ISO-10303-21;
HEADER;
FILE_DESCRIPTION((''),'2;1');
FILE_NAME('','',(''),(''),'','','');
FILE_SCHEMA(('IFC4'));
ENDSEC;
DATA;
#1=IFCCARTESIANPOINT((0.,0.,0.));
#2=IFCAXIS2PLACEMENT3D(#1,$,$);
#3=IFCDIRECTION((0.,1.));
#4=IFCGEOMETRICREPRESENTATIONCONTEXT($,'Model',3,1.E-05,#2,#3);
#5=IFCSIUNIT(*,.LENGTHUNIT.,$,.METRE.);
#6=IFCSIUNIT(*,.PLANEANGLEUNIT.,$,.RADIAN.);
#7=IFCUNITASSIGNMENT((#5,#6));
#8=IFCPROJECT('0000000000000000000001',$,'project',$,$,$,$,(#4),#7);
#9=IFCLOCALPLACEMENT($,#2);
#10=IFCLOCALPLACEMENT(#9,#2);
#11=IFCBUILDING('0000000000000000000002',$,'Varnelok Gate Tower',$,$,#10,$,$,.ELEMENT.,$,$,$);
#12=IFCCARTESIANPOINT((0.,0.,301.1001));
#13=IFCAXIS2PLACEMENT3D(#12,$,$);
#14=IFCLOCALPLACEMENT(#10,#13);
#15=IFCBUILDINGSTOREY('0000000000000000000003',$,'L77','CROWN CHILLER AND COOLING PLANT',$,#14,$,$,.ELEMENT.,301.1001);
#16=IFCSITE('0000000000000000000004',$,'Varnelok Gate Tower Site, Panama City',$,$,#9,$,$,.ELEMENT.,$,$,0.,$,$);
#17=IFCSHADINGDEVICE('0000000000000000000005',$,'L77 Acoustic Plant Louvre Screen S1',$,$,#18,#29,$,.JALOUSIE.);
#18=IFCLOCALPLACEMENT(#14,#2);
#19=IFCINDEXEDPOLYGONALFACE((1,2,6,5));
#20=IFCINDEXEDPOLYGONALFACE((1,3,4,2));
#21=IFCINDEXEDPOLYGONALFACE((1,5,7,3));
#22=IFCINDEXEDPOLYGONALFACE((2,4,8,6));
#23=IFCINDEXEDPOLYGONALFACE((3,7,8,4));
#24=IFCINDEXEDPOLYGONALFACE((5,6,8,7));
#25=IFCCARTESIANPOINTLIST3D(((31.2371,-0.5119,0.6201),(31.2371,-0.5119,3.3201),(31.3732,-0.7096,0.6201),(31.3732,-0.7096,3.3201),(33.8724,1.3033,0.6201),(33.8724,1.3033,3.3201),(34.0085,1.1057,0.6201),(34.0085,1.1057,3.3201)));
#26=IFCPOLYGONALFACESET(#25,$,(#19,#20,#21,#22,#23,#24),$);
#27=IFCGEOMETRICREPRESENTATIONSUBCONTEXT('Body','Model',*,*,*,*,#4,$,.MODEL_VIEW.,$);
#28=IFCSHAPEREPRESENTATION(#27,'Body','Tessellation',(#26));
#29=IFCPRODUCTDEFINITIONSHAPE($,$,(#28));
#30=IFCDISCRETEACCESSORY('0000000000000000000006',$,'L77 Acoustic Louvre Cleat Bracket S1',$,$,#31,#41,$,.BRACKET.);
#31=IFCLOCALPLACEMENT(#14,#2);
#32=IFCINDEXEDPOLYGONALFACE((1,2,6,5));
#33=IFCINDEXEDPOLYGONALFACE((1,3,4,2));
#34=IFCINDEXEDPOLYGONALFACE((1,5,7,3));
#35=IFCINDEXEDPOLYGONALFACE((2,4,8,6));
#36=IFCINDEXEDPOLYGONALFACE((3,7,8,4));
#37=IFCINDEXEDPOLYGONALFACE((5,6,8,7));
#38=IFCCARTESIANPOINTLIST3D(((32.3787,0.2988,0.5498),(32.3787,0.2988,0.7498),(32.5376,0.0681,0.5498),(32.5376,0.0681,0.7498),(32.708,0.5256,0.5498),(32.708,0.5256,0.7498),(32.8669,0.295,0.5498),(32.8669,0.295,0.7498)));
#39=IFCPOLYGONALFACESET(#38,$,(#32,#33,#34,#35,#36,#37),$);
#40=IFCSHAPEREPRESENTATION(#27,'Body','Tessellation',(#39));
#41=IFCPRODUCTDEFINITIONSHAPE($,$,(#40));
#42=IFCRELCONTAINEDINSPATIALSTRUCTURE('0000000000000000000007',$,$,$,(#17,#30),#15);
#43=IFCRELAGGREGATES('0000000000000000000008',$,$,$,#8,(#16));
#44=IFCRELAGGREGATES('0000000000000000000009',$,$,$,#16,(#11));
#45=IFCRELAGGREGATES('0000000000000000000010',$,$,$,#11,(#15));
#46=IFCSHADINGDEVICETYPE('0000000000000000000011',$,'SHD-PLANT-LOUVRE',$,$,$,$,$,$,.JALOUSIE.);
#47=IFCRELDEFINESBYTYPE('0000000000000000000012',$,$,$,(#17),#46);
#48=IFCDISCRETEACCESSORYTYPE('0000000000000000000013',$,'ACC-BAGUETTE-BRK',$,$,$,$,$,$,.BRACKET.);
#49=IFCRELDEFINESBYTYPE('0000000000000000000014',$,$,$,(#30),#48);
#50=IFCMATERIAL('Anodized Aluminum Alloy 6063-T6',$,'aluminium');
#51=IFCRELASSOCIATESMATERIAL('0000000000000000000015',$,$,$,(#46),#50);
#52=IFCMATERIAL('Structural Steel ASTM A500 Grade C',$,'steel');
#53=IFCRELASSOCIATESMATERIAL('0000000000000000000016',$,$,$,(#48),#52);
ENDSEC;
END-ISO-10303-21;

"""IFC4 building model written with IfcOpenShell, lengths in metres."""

from ifc_helpers import new_model, si_unit, direction, frame, origin, origin_2d, place, context, subcontext, project, spatial, rectangle, extrude, source, transform, mapped, material, type_object, element, save


model = new_model("IFC4")

# Units and contexts
model_context = context("Model", 3, precision=1e-05, world=origin(), true_north=direction((0.0, 1.0)))
body_context = subcontext(model_context, "Body", "Model", "MODEL_VIEW")
ifc_project = project(units=[si_unit("LENGTHUNIT", "METRE"), si_unit("PLANEANGLEUNIT", "RADIAN")], contexts=[model_context])

# Site, building, storey
site_placement = place(None, origin())
site = spatial("IfcSite", under=ifc_project, at=site_placement, Name="Varnelok Gate Tower Site, Panama City", CompositionType="ELEMENT", RefElevation=0.0)
building_placement = place(site_placement, origin())
building = spatial("IfcBuilding", under=site, at=building_placement, Name="Varnelok Gate Tower", CompositionType="ELEMENT")
storey_placement = place(building_placement, frame((0.0, 0.0, 301.1001)))
storey = spatial("IfcBuildingStorey", under=building, at=storey_placement, Name="L77", Description="CROWN CHILLER AND COOLING PLANT", CompositionType="ELEMENT", Elevation=301.1001)

# Shading device
ifc_material_1 = material(Name="Anodized Aluminum Alloy 6063-T6", Category="aluminium")
shading_device_type = type_object("IfcShadingDeviceType", Name="SHD-PLANT-LOUVRE", PredefinedType="JALOUSIE", material=ifc_material_1)
shared_shape_1 = source(origin(), body_context, "Body", "SweptSolid", [
    extrude(rectangle(XDim=3.2, YDim=0.24, at=origin_2d()), origin(), (0.0, 0.0, 1.0), 2.7),
])
shading_device_placement = place(storey_placement, frame((32.6228, 0.2969, 0.6201), z_axis=(0.0, 0.0, 1.0), x_axis=(0.823533, 0.567269, 0.0)))
element("IfcShadingDevice", 1, at=shading_device_placement, inside=storey, type_object=shading_device_type, Name="L77 Acoustic Plant Louvre Screen S1", PredefinedType="JALOUSIE", context=body_context, shape_type="MappedRepresentation", body=[
    mapped(shared_shape_1, transform((0.0, 0.0, 0.0), scale=1.0)),
])

# Discrete accessory
ifc_material_2 = material(Name="Structural Steel ASTM A500 Grade C", Category="steel")
discrete_accessory_type = type_object("IfcDiscreteAccessoryType", Name="ACC-BAGUETTE-BRK", PredefinedType="BRACKET", material=ifc_material_2)
shared_shape_2 = source(origin(), body_context, "Body", "SweptSolid", [
    extrude(rectangle(XDim=0.3999, YDim=0.28, at=origin_2d()), origin(), (0.0, 0.0, 1.0), 0.2),
])
discrete_accessory_placement = place(storey_placement, frame((32.6228, 0.2969, 0.5498), z_axis=(0.0, 0.0, 1.0), x_axis=(0.823533, 0.567269, 0.0)))
element("IfcDiscreteAccessory", 2, at=discrete_accessory_placement, inside=storey, type_object=discrete_accessory_type, Name="L77 Acoustic Louvre Cleat Bracket S1", PredefinedType="BRACKET", context=body_context, shape_type="MappedRepresentation", body=[
    mapped(shared_shape_2, transform((0.0, 0.0, 0.0), scale=1.0)),
])

save(model, "model.ifc")
